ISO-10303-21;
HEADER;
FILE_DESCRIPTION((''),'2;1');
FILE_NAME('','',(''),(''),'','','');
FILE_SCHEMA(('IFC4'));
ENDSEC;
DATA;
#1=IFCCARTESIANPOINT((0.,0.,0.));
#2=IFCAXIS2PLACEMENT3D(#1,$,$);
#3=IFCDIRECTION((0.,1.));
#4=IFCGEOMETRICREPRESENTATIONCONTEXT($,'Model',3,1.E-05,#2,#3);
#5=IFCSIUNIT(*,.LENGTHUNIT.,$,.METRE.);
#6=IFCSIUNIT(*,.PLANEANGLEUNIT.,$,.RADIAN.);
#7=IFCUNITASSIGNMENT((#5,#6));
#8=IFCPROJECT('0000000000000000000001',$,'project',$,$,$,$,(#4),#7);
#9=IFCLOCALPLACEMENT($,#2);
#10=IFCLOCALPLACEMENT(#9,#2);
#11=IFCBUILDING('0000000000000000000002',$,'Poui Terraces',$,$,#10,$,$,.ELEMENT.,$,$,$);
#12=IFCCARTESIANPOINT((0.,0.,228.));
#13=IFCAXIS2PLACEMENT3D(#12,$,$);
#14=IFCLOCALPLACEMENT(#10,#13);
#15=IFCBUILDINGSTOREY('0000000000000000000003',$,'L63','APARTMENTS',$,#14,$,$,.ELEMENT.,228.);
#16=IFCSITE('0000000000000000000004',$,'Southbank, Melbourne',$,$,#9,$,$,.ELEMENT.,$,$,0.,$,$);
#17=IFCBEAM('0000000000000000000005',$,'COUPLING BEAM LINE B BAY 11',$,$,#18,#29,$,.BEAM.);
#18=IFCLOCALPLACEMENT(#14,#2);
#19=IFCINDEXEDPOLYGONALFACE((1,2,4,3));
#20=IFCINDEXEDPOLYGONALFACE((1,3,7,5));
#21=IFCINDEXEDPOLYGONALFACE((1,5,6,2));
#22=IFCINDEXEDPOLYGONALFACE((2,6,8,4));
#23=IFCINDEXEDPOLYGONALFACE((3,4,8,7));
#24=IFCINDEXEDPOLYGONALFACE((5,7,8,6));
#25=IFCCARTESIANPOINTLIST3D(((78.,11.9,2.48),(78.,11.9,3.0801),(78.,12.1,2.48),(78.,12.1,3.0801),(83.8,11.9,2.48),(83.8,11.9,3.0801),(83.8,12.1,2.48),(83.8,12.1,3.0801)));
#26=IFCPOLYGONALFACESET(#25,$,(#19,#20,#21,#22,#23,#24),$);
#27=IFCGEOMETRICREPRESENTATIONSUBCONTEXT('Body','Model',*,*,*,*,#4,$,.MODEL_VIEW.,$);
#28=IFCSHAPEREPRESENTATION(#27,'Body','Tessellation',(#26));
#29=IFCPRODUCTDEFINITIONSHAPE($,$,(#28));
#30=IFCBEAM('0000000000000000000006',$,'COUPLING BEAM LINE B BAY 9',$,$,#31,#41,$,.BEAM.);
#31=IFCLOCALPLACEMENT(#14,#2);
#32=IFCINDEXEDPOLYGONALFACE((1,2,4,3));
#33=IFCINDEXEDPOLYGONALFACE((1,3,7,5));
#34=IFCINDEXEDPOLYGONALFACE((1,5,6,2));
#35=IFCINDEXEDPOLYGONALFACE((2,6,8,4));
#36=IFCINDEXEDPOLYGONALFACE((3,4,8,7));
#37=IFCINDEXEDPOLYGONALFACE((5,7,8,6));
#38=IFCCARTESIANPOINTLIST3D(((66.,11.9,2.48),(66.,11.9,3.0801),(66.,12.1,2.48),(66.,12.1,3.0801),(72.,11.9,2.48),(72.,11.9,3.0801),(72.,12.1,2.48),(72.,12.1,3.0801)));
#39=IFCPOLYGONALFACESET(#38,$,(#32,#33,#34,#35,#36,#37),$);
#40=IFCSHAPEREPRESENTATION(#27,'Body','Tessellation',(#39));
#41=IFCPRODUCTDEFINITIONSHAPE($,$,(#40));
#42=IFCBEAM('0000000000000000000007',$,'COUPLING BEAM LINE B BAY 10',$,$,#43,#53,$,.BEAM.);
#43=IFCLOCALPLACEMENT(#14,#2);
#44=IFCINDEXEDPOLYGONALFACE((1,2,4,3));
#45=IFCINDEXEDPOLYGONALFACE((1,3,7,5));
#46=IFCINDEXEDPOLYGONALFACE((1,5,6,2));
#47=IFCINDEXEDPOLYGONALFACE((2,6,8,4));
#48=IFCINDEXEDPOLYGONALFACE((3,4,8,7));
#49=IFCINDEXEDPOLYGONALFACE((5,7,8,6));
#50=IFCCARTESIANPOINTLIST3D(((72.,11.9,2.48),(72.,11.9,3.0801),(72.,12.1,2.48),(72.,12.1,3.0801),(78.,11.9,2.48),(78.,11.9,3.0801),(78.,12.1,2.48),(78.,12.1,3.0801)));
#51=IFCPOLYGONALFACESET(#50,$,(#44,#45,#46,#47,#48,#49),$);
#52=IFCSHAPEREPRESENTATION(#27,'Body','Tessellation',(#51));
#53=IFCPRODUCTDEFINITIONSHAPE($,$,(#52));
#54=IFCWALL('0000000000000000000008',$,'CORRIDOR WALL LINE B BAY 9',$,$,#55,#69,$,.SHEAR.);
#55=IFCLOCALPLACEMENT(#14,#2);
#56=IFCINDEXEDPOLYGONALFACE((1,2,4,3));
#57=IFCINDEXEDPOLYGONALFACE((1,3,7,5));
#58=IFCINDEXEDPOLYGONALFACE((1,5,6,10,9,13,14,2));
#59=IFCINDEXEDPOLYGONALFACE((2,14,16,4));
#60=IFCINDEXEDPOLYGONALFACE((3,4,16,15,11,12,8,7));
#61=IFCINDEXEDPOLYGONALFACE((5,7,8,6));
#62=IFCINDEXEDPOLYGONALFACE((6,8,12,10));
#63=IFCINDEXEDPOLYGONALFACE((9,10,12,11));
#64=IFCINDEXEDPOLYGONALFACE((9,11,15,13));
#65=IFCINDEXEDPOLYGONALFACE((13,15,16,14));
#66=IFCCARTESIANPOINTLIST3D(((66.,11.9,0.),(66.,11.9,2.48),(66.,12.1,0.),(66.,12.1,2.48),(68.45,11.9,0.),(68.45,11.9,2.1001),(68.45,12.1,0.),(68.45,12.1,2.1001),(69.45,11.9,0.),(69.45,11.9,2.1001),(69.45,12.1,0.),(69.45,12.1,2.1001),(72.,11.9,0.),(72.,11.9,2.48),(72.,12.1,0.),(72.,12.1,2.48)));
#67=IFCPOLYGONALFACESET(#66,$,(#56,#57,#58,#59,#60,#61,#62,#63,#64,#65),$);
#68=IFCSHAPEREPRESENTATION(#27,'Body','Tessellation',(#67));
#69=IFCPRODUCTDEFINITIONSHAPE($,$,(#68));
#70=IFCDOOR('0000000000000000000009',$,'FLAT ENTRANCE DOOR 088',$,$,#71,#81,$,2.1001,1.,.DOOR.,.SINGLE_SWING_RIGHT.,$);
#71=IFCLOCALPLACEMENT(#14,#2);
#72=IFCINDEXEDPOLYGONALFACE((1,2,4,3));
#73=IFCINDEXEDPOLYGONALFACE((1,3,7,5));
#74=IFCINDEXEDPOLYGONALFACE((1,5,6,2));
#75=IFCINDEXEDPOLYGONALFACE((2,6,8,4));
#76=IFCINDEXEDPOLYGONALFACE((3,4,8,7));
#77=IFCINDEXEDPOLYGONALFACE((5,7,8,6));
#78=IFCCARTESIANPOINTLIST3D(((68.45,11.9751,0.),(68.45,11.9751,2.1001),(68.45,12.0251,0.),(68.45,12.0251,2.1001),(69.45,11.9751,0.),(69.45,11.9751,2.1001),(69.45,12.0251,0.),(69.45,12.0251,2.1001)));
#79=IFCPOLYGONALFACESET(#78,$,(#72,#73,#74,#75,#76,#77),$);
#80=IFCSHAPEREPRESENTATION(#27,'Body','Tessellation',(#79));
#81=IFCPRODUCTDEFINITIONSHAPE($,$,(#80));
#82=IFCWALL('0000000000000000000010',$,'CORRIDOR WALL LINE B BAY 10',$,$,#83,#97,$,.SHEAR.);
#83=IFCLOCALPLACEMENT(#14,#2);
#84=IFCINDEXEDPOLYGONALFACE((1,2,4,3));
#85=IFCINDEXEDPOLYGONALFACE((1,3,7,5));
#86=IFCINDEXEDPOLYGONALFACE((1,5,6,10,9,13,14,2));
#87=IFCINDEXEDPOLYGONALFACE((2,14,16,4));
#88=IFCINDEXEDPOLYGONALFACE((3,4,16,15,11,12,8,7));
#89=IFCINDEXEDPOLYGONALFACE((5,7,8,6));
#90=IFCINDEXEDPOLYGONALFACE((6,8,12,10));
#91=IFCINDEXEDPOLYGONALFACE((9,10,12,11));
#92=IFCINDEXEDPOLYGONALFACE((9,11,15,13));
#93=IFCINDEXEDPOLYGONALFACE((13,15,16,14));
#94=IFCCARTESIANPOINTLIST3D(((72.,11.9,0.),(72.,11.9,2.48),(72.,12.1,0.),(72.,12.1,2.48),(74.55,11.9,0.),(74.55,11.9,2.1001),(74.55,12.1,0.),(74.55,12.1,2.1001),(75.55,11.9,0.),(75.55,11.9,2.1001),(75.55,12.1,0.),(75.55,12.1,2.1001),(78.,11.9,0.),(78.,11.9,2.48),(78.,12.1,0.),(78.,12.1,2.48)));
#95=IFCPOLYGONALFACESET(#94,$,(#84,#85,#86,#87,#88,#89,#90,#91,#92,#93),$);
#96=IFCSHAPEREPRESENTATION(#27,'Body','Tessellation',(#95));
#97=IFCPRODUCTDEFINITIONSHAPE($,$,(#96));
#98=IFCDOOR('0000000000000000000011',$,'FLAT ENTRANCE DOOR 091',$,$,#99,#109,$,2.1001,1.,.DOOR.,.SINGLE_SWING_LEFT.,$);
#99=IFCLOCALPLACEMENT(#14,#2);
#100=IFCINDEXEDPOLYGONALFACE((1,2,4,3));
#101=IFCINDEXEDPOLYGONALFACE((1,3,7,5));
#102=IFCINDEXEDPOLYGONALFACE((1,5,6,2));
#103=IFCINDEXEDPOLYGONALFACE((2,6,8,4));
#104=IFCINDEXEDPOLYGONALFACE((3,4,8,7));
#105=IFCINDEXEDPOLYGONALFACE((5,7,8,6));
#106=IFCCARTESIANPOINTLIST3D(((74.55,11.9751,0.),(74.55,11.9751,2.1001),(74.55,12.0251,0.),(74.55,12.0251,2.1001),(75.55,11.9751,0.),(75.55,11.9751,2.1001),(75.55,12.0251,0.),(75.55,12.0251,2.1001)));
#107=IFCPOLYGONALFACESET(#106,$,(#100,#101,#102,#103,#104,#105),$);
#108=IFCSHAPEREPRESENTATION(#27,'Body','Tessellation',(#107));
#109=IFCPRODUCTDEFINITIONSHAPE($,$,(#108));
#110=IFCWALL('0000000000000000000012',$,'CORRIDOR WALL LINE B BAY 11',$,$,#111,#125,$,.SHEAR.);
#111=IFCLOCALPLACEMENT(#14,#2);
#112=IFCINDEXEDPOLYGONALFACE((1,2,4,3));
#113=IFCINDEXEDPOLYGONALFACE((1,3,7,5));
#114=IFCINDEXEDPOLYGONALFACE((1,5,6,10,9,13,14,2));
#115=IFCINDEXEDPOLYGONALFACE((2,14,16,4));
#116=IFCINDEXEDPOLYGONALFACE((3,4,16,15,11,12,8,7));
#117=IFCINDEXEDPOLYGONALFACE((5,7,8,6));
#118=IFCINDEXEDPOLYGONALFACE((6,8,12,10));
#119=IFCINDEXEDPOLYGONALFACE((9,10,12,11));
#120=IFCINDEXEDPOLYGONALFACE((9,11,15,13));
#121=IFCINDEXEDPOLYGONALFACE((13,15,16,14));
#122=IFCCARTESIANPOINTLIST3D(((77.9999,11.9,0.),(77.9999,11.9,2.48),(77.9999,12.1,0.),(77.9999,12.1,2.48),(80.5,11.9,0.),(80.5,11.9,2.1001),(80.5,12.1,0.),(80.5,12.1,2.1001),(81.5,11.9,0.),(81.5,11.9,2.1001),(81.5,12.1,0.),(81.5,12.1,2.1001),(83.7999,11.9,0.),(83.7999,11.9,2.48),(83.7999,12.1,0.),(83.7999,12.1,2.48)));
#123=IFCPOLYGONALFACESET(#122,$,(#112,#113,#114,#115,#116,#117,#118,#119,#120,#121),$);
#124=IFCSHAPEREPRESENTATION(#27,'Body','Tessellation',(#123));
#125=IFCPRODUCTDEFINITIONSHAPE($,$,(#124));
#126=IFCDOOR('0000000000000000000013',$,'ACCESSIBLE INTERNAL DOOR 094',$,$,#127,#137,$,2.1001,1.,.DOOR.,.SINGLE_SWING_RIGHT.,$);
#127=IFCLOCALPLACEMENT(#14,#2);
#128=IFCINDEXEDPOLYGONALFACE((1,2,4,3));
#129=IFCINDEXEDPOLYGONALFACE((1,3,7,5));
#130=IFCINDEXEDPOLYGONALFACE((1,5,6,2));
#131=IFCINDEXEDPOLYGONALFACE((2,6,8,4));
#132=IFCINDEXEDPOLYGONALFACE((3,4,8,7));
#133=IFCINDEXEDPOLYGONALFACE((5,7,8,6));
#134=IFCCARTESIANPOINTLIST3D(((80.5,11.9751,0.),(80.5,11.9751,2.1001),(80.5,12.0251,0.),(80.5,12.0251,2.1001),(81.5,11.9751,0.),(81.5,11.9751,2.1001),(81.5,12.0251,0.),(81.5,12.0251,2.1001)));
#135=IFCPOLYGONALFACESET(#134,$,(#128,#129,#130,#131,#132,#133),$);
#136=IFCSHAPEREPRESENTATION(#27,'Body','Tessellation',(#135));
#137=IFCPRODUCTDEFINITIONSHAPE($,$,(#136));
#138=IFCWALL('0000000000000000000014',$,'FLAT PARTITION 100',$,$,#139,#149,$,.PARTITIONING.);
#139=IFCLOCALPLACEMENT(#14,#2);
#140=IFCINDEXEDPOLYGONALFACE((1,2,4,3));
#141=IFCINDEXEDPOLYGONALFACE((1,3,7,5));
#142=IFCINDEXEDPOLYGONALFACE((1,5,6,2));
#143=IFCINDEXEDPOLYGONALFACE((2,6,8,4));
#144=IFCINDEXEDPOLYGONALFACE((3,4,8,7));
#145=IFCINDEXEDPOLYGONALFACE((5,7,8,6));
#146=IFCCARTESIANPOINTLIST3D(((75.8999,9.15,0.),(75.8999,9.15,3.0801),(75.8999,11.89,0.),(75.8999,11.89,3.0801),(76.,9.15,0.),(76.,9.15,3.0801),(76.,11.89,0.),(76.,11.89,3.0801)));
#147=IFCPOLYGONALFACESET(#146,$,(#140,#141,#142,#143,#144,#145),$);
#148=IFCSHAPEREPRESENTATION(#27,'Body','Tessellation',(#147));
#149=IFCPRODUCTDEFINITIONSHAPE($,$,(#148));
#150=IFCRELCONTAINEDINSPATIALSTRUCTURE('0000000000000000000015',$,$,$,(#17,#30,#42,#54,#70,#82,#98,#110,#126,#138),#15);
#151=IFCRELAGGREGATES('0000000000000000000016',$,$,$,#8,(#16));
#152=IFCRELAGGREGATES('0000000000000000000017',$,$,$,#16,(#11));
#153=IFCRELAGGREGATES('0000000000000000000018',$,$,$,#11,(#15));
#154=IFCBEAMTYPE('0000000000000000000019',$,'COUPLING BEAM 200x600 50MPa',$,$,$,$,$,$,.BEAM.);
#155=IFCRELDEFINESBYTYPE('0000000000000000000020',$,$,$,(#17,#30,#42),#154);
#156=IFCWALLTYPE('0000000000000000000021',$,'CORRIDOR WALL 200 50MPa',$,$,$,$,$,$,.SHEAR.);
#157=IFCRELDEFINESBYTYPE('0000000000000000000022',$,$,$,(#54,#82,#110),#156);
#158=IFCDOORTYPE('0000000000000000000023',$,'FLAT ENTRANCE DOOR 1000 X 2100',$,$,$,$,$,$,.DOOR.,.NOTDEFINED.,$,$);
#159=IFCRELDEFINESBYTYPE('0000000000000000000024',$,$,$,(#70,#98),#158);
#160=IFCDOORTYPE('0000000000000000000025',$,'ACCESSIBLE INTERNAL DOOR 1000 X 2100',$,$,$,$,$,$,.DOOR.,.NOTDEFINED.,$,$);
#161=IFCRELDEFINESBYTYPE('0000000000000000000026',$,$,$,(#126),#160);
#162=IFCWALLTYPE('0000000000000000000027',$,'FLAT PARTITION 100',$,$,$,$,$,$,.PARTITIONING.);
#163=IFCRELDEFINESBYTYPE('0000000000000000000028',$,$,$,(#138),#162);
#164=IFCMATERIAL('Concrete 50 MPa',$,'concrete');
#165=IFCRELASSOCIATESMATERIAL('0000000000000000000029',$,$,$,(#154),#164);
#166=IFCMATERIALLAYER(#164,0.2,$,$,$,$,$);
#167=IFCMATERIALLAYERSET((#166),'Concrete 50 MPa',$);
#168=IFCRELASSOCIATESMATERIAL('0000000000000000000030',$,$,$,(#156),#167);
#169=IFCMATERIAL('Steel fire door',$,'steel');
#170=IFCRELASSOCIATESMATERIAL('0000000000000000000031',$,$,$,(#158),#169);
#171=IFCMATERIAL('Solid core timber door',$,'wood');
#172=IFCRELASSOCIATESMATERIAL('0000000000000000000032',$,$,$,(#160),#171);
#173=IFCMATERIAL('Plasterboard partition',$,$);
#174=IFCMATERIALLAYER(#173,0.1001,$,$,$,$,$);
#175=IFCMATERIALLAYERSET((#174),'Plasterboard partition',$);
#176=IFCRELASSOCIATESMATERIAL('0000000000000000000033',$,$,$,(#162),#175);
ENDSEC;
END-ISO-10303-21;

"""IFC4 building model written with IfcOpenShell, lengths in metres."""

from ifc_helpers import new_model, si_unit, direction, frame, frame_2d, origin, origin_2d, place, context, subcontext, project, spatial, rectangle, extrude, source, transform, mapped, material, layer, layer_set, material_profile, profile_set, type_object, element, fill, save


model = new_model("IFC4")

# Units and contexts
model_context = context("Model", 3, precision=1e-05, world=origin(), true_north=direction((0.0, 1.0)))
body_context = subcontext(model_context, "Body", "Model", "MODEL_VIEW")
ifc_project = project(units=[si_unit("LENGTHUNIT", "METRE"), si_unit("PLANEANGLEUNIT", "RADIAN")], contexts=[model_context])

# Site, building, storey
site_placement = place(None, origin())
site = spatial("IfcSite", under=ifc_project, at=site_placement, Name="Southbank, Melbourne", CompositionType="ELEMENT", RefElevation=0.0)
building_placement = place(site_placement, origin())
building = spatial("IfcBuilding", under=site, at=building_placement, Name="Poui Terraces", CompositionType="ELEMENT")
storey_placement = place(building_placement, frame((0.0, 0.0, 228.0)))
storey = spatial("IfcBuildingStorey", under=building, at=storey_placement, Name="L63", Description="APARTMENTS", CompositionType="ELEMENT", Elevation=228.0)

# Beams
ifc_material_1 = material(Name="Concrete 50 MPa", Category="concrete")
ifc_material_profile = material_profile(ifc_material_1, rectangle(XDim=0.2, YDim=0.6001, at=origin_2d()), Name="RC 200x600")
ifc_profile_set = profile_set([ifc_material_profile], Name="Concrete 50 MPa")
beam_type = type_object("IfcBeamType", Name="COUPLING BEAM 200x600 50MPa", PredefinedType="BEAM", material=ifc_profile_set)
shared_shape_1 = source(origin(), body_context, "Body", "SweptSolid", [
    extrude(rectangle(XDim=0.2, YDim=0.6001, at=origin_2d()), origin(), (0.0, 0.0, 1.0), 5.8),
])
beam_placement = place(storey_placement, frame((78.0, 12.0, 2.78), z_axis=(1.0, 0.0, 0.0), x_axis=(0.0, 1.0, 0.0)))
element("IfcBeam", 1, at=beam_placement, inside=storey, type_object=beam_type, Name="COUPLING BEAM LINE B BAY 11", PredefinedType="BEAM", context=body_context, shape_type="MappedRepresentation", body=[
    mapped(shared_shape_1, transform((0.0, 0.0, 0.0))),
])
shared_shape_2 = source(origin(), body_context, "Body", "SweptSolid", [
    extrude(rectangle(XDim=0.2, YDim=0.6001, at=origin_2d()), origin(), (0.0, 0.0, 1.0), 6.0),
])
for number, where, z_axis, x_axis, name in (
    (2, (66.0, 12.0, 2.78), (1.0, 0.0, 0.0), (0.0, 1.0, 0.0), "COUPLING BEAM LINE B BAY 9"),
    (3, (72.0, 12.0, 2.78), (1.0, 0.0, 0.0), (0.0, 1.0, 0.0), "COUPLING BEAM LINE B BAY 10"),
):
    element("IfcBeam", number, at=place(storey_placement, frame(where, z_axis=z_axis, x_axis=x_axis)), inside=storey, type_object=beam_type, Name=name, PredefinedType="BEAM", context=body_context, shape_type="MappedRepresentation", body=[
        mapped(shared_shape_2, transform((0.0, 0.0, 0.0))),
    ])

# Walls, openings, doors
ifc_layer_1 = layer(ifc_material_1, 0.2)
ifc_layer_set_1 = layer_set([ifc_layer_1], Name="Concrete 50 MPa")
wall_type_1 = type_object("IfcWallType", Name="CORRIDOR WALL 200 50MPa", PredefinedType="SHEAR", material=ifc_layer_set_1)
wall_1_placement = place(storey_placement, frame((66.0, 12.0, 0.0), z_axis=(0.0, 0.0, 1.0), x_axis=(1.0, 0.0, 0.0)))
wall_1 = element("IfcWall", 4, at=wall_1_placement, inside=storey, type_object=wall_type_1, Name="CORRIDOR WALL LINE B BAY 9", PredefinedType="SHEAR", context=body_context, shape_type="SweptSolid", body=[
    extrude(rectangle(XDim=6.0, YDim=0.2, at=frame_2d((3.0, 0.0))), origin(), (0.0, 0.0, 1.0), 2.48),
])
opening_1_placement = place(wall_1_placement, frame((2.45, 0.0, 0.0)))
opening_1 = element("IfcOpeningElement", 5, at=opening_1_placement, cuts=wall_1, PredefinedType="OPENING", context=body_context, shape_type="SweptSolid", body=[
    extrude(rectangle(XDim=1.0, YDim=2.1001, at=frame_2d((0.5, 1.05))), frame((0.0, 0.1099, 0.0), z_axis=(0.0, -1.0, 0.0), x_axis=(1.0, 0.0, 0.0)), (0.0, 0.0, 1.0), 0.22),
])
ifc_material_2 = material(Name="Steel fire door", Category="steel")
door_type_1 = type_object("IfcDoorType", Name="FLAT ENTRANCE DOOR 1000 X 2100", OperationType="NOTDEFINED", PredefinedType="DOOR", material=ifc_material_2)
door_1_placement = place(opening_1_placement, frame((1.0, 0.0, 0.0), z_axis=(0.0, 0.0, 1.0), x_axis=(-1.0, 0.0, 0.0)))
door_1 = element("IfcDoor", 6, at=door_1_placement, inside=storey, type_object=door_type_1, Name="FLAT ENTRANCE DOOR 088", OperationType="SINGLE_SWING_RIGHT", OverallHeight=2.1001, OverallWidth=1.0, PredefinedType="DOOR", context=body_context, shape_type="SweptSolid", body=[
    extrude(rectangle(XDim=1.0, YDim=2.1001, at=frame_2d((0.5, 1.05))), frame((0.0, 0.0249, 0.0), z_axis=(0.0, -1.0, 0.0), x_axis=(1.0, 0.0, 0.0)), (0.0, 0.0, 1.0), 0.05),
])
fill(opening_1, door_1)
wall_2_placement = place(storey_placement, frame((72.0, 12.0, 0.0), z_axis=(0.0, 0.0, 1.0), x_axis=(1.0, 0.0, 0.0)))
wall_2 = element("IfcWall", 7, at=wall_2_placement, inside=storey, type_object=wall_type_1, Name="CORRIDOR WALL LINE B BAY 10", PredefinedType="SHEAR", context=body_context, shape_type="SweptSolid", body=[
    extrude(rectangle(XDim=6.0, YDim=0.2, at=frame_2d((3.0, 0.0))), origin(), (0.0, 0.0, 1.0), 2.48),
])
opening_2_placement = place(wall_2_placement, frame((2.55, 0.0, 0.0)))
opening_2 = element("IfcOpeningElement", 8, at=opening_2_placement, cuts=wall_2, PredefinedType="OPENING", context=body_context, shape_type="SweptSolid", body=[
    extrude(rectangle(XDim=1.0, YDim=2.1001, at=frame_2d((0.5, 1.05))), frame((0.0, 0.1099, 0.0), z_axis=(0.0, -1.0, 0.0), x_axis=(1.0, 0.0, 0.0)), (0.0, 0.0, 1.0), 0.22),
])
door_2_placement = place(opening_2_placement, frame((1.0, 0.0, 0.0), z_axis=(0.0, 0.0, 1.0), x_axis=(-1.0, 0.0, 0.0)))
door_2 = element("IfcDoor", 9, at=door_2_placement, inside=storey, type_object=door_type_1, Name="FLAT ENTRANCE DOOR 091", OperationType="SINGLE_SWING_LEFT", OverallHeight=2.1001, OverallWidth=1.0, PredefinedType="DOOR", context=body_context, shape_type="SweptSolid", body=[
    extrude(rectangle(XDim=1.0, YDim=2.1001, at=frame_2d((0.5, 1.05))), frame((0.0, 0.0249, 0.0), z_axis=(0.0, -1.0, 0.0), x_axis=(1.0, 0.0, 0.0)), (0.0, 0.0, 1.0), 0.05),
])
fill(opening_2, door_2)
wall_3_placement = place(storey_placement, frame((78.0, 12.0, 0.0), z_axis=(0.0, 0.0, 1.0), x_axis=(1.0, 0.0, 0.0)))
wall_3 = element("IfcWall", 10, at=wall_3_placement, inside=storey, type_object=wall_type_1, Name="CORRIDOR WALL LINE B BAY 11", PredefinedType="SHEAR", context=body_context, shape_type="SweptSolid", body=[
    extrude(rectangle(XDim=5.8, YDim=0.2, at=frame_2d((2.8999, 0.0))), origin(), (0.0, 0.0, 1.0), 2.48),
])
opening_3_placement = place(wall_3_placement, frame((2.5, 0.0, 0.0)))
opening_3 = element("IfcOpeningElement", 11, at=opening_3_placement, cuts=wall_3, PredefinedType="OPENING", context=body_context, shape_type="SweptSolid", body=[
    extrude(rectangle(XDim=1.0, YDim=2.1001, at=frame_2d((0.5, 1.05))), frame((0.0, 0.1099, 0.0), z_axis=(0.0, -1.0, 0.0), x_axis=(1.0, 0.0, 0.0)), (0.0, 0.0, 1.0), 0.22),
])
ifc_material_3 = material(Name="Solid core timber door", Category="wood")
door_type_2 = type_object("IfcDoorType", Name="ACCESSIBLE INTERNAL DOOR 1000 X 2100", OperationType="NOTDEFINED", PredefinedType="DOOR", material=ifc_material_3)
door_3_placement = place(opening_3_placement, frame((1.0, 0.0, 0.0), z_axis=(0.0, 0.0, 1.0), x_axis=(-1.0, 0.0, 0.0)))
door_3 = element("IfcDoor", 12, at=door_3_placement, inside=storey, type_object=door_type_2, Name="ACCESSIBLE INTERNAL DOOR 094", OperationType="SINGLE_SWING_RIGHT", OverallHeight=2.1001, OverallWidth=1.0, PredefinedType="DOOR", context=body_context, shape_type="SweptSolid", body=[
    extrude(rectangle(XDim=1.0, YDim=2.1001, at=frame_2d((0.5, 1.05))), frame((0.0, 0.0249, 0.0), z_axis=(0.0, -1.0, 0.0), x_axis=(1.0, 0.0, 0.0)), (0.0, 0.0, 1.0), 0.05),
])
fill(opening_3, door_3)

# Wall
ifc_material_4 = material(Name="Plasterboard partition")
ifc_layer_2 = layer(ifc_material_4, 0.1001)
ifc_layer_set_2 = layer_set([ifc_layer_2], Name="Plasterboard partition")
wall_type_2 = type_object("IfcWallType", Name="FLAT PARTITION 100", PredefinedType="PARTITIONING", material=ifc_layer_set_2)
wall_4_placement = place(storey_placement, frame((75.95, 9.1499, 0.0), z_axis=(0.0, 0.0, 1.0), x_axis=(0.0, 1.0, 0.0)))
element("IfcWall", 13, at=wall_4_placement, inside=storey, type_object=wall_type_2, Name="FLAT PARTITION 100", PredefinedType="PARTITIONING", context=body_context, shape_type="SweptSolid", body=[
    extrude(rectangle(XDim=2.74, YDim=0.1001, at=frame_2d((1.3701, 0.0))), origin(), (0.0, 0.0, 1.0), 3.0801),
])

save(model, "model.ifc")
